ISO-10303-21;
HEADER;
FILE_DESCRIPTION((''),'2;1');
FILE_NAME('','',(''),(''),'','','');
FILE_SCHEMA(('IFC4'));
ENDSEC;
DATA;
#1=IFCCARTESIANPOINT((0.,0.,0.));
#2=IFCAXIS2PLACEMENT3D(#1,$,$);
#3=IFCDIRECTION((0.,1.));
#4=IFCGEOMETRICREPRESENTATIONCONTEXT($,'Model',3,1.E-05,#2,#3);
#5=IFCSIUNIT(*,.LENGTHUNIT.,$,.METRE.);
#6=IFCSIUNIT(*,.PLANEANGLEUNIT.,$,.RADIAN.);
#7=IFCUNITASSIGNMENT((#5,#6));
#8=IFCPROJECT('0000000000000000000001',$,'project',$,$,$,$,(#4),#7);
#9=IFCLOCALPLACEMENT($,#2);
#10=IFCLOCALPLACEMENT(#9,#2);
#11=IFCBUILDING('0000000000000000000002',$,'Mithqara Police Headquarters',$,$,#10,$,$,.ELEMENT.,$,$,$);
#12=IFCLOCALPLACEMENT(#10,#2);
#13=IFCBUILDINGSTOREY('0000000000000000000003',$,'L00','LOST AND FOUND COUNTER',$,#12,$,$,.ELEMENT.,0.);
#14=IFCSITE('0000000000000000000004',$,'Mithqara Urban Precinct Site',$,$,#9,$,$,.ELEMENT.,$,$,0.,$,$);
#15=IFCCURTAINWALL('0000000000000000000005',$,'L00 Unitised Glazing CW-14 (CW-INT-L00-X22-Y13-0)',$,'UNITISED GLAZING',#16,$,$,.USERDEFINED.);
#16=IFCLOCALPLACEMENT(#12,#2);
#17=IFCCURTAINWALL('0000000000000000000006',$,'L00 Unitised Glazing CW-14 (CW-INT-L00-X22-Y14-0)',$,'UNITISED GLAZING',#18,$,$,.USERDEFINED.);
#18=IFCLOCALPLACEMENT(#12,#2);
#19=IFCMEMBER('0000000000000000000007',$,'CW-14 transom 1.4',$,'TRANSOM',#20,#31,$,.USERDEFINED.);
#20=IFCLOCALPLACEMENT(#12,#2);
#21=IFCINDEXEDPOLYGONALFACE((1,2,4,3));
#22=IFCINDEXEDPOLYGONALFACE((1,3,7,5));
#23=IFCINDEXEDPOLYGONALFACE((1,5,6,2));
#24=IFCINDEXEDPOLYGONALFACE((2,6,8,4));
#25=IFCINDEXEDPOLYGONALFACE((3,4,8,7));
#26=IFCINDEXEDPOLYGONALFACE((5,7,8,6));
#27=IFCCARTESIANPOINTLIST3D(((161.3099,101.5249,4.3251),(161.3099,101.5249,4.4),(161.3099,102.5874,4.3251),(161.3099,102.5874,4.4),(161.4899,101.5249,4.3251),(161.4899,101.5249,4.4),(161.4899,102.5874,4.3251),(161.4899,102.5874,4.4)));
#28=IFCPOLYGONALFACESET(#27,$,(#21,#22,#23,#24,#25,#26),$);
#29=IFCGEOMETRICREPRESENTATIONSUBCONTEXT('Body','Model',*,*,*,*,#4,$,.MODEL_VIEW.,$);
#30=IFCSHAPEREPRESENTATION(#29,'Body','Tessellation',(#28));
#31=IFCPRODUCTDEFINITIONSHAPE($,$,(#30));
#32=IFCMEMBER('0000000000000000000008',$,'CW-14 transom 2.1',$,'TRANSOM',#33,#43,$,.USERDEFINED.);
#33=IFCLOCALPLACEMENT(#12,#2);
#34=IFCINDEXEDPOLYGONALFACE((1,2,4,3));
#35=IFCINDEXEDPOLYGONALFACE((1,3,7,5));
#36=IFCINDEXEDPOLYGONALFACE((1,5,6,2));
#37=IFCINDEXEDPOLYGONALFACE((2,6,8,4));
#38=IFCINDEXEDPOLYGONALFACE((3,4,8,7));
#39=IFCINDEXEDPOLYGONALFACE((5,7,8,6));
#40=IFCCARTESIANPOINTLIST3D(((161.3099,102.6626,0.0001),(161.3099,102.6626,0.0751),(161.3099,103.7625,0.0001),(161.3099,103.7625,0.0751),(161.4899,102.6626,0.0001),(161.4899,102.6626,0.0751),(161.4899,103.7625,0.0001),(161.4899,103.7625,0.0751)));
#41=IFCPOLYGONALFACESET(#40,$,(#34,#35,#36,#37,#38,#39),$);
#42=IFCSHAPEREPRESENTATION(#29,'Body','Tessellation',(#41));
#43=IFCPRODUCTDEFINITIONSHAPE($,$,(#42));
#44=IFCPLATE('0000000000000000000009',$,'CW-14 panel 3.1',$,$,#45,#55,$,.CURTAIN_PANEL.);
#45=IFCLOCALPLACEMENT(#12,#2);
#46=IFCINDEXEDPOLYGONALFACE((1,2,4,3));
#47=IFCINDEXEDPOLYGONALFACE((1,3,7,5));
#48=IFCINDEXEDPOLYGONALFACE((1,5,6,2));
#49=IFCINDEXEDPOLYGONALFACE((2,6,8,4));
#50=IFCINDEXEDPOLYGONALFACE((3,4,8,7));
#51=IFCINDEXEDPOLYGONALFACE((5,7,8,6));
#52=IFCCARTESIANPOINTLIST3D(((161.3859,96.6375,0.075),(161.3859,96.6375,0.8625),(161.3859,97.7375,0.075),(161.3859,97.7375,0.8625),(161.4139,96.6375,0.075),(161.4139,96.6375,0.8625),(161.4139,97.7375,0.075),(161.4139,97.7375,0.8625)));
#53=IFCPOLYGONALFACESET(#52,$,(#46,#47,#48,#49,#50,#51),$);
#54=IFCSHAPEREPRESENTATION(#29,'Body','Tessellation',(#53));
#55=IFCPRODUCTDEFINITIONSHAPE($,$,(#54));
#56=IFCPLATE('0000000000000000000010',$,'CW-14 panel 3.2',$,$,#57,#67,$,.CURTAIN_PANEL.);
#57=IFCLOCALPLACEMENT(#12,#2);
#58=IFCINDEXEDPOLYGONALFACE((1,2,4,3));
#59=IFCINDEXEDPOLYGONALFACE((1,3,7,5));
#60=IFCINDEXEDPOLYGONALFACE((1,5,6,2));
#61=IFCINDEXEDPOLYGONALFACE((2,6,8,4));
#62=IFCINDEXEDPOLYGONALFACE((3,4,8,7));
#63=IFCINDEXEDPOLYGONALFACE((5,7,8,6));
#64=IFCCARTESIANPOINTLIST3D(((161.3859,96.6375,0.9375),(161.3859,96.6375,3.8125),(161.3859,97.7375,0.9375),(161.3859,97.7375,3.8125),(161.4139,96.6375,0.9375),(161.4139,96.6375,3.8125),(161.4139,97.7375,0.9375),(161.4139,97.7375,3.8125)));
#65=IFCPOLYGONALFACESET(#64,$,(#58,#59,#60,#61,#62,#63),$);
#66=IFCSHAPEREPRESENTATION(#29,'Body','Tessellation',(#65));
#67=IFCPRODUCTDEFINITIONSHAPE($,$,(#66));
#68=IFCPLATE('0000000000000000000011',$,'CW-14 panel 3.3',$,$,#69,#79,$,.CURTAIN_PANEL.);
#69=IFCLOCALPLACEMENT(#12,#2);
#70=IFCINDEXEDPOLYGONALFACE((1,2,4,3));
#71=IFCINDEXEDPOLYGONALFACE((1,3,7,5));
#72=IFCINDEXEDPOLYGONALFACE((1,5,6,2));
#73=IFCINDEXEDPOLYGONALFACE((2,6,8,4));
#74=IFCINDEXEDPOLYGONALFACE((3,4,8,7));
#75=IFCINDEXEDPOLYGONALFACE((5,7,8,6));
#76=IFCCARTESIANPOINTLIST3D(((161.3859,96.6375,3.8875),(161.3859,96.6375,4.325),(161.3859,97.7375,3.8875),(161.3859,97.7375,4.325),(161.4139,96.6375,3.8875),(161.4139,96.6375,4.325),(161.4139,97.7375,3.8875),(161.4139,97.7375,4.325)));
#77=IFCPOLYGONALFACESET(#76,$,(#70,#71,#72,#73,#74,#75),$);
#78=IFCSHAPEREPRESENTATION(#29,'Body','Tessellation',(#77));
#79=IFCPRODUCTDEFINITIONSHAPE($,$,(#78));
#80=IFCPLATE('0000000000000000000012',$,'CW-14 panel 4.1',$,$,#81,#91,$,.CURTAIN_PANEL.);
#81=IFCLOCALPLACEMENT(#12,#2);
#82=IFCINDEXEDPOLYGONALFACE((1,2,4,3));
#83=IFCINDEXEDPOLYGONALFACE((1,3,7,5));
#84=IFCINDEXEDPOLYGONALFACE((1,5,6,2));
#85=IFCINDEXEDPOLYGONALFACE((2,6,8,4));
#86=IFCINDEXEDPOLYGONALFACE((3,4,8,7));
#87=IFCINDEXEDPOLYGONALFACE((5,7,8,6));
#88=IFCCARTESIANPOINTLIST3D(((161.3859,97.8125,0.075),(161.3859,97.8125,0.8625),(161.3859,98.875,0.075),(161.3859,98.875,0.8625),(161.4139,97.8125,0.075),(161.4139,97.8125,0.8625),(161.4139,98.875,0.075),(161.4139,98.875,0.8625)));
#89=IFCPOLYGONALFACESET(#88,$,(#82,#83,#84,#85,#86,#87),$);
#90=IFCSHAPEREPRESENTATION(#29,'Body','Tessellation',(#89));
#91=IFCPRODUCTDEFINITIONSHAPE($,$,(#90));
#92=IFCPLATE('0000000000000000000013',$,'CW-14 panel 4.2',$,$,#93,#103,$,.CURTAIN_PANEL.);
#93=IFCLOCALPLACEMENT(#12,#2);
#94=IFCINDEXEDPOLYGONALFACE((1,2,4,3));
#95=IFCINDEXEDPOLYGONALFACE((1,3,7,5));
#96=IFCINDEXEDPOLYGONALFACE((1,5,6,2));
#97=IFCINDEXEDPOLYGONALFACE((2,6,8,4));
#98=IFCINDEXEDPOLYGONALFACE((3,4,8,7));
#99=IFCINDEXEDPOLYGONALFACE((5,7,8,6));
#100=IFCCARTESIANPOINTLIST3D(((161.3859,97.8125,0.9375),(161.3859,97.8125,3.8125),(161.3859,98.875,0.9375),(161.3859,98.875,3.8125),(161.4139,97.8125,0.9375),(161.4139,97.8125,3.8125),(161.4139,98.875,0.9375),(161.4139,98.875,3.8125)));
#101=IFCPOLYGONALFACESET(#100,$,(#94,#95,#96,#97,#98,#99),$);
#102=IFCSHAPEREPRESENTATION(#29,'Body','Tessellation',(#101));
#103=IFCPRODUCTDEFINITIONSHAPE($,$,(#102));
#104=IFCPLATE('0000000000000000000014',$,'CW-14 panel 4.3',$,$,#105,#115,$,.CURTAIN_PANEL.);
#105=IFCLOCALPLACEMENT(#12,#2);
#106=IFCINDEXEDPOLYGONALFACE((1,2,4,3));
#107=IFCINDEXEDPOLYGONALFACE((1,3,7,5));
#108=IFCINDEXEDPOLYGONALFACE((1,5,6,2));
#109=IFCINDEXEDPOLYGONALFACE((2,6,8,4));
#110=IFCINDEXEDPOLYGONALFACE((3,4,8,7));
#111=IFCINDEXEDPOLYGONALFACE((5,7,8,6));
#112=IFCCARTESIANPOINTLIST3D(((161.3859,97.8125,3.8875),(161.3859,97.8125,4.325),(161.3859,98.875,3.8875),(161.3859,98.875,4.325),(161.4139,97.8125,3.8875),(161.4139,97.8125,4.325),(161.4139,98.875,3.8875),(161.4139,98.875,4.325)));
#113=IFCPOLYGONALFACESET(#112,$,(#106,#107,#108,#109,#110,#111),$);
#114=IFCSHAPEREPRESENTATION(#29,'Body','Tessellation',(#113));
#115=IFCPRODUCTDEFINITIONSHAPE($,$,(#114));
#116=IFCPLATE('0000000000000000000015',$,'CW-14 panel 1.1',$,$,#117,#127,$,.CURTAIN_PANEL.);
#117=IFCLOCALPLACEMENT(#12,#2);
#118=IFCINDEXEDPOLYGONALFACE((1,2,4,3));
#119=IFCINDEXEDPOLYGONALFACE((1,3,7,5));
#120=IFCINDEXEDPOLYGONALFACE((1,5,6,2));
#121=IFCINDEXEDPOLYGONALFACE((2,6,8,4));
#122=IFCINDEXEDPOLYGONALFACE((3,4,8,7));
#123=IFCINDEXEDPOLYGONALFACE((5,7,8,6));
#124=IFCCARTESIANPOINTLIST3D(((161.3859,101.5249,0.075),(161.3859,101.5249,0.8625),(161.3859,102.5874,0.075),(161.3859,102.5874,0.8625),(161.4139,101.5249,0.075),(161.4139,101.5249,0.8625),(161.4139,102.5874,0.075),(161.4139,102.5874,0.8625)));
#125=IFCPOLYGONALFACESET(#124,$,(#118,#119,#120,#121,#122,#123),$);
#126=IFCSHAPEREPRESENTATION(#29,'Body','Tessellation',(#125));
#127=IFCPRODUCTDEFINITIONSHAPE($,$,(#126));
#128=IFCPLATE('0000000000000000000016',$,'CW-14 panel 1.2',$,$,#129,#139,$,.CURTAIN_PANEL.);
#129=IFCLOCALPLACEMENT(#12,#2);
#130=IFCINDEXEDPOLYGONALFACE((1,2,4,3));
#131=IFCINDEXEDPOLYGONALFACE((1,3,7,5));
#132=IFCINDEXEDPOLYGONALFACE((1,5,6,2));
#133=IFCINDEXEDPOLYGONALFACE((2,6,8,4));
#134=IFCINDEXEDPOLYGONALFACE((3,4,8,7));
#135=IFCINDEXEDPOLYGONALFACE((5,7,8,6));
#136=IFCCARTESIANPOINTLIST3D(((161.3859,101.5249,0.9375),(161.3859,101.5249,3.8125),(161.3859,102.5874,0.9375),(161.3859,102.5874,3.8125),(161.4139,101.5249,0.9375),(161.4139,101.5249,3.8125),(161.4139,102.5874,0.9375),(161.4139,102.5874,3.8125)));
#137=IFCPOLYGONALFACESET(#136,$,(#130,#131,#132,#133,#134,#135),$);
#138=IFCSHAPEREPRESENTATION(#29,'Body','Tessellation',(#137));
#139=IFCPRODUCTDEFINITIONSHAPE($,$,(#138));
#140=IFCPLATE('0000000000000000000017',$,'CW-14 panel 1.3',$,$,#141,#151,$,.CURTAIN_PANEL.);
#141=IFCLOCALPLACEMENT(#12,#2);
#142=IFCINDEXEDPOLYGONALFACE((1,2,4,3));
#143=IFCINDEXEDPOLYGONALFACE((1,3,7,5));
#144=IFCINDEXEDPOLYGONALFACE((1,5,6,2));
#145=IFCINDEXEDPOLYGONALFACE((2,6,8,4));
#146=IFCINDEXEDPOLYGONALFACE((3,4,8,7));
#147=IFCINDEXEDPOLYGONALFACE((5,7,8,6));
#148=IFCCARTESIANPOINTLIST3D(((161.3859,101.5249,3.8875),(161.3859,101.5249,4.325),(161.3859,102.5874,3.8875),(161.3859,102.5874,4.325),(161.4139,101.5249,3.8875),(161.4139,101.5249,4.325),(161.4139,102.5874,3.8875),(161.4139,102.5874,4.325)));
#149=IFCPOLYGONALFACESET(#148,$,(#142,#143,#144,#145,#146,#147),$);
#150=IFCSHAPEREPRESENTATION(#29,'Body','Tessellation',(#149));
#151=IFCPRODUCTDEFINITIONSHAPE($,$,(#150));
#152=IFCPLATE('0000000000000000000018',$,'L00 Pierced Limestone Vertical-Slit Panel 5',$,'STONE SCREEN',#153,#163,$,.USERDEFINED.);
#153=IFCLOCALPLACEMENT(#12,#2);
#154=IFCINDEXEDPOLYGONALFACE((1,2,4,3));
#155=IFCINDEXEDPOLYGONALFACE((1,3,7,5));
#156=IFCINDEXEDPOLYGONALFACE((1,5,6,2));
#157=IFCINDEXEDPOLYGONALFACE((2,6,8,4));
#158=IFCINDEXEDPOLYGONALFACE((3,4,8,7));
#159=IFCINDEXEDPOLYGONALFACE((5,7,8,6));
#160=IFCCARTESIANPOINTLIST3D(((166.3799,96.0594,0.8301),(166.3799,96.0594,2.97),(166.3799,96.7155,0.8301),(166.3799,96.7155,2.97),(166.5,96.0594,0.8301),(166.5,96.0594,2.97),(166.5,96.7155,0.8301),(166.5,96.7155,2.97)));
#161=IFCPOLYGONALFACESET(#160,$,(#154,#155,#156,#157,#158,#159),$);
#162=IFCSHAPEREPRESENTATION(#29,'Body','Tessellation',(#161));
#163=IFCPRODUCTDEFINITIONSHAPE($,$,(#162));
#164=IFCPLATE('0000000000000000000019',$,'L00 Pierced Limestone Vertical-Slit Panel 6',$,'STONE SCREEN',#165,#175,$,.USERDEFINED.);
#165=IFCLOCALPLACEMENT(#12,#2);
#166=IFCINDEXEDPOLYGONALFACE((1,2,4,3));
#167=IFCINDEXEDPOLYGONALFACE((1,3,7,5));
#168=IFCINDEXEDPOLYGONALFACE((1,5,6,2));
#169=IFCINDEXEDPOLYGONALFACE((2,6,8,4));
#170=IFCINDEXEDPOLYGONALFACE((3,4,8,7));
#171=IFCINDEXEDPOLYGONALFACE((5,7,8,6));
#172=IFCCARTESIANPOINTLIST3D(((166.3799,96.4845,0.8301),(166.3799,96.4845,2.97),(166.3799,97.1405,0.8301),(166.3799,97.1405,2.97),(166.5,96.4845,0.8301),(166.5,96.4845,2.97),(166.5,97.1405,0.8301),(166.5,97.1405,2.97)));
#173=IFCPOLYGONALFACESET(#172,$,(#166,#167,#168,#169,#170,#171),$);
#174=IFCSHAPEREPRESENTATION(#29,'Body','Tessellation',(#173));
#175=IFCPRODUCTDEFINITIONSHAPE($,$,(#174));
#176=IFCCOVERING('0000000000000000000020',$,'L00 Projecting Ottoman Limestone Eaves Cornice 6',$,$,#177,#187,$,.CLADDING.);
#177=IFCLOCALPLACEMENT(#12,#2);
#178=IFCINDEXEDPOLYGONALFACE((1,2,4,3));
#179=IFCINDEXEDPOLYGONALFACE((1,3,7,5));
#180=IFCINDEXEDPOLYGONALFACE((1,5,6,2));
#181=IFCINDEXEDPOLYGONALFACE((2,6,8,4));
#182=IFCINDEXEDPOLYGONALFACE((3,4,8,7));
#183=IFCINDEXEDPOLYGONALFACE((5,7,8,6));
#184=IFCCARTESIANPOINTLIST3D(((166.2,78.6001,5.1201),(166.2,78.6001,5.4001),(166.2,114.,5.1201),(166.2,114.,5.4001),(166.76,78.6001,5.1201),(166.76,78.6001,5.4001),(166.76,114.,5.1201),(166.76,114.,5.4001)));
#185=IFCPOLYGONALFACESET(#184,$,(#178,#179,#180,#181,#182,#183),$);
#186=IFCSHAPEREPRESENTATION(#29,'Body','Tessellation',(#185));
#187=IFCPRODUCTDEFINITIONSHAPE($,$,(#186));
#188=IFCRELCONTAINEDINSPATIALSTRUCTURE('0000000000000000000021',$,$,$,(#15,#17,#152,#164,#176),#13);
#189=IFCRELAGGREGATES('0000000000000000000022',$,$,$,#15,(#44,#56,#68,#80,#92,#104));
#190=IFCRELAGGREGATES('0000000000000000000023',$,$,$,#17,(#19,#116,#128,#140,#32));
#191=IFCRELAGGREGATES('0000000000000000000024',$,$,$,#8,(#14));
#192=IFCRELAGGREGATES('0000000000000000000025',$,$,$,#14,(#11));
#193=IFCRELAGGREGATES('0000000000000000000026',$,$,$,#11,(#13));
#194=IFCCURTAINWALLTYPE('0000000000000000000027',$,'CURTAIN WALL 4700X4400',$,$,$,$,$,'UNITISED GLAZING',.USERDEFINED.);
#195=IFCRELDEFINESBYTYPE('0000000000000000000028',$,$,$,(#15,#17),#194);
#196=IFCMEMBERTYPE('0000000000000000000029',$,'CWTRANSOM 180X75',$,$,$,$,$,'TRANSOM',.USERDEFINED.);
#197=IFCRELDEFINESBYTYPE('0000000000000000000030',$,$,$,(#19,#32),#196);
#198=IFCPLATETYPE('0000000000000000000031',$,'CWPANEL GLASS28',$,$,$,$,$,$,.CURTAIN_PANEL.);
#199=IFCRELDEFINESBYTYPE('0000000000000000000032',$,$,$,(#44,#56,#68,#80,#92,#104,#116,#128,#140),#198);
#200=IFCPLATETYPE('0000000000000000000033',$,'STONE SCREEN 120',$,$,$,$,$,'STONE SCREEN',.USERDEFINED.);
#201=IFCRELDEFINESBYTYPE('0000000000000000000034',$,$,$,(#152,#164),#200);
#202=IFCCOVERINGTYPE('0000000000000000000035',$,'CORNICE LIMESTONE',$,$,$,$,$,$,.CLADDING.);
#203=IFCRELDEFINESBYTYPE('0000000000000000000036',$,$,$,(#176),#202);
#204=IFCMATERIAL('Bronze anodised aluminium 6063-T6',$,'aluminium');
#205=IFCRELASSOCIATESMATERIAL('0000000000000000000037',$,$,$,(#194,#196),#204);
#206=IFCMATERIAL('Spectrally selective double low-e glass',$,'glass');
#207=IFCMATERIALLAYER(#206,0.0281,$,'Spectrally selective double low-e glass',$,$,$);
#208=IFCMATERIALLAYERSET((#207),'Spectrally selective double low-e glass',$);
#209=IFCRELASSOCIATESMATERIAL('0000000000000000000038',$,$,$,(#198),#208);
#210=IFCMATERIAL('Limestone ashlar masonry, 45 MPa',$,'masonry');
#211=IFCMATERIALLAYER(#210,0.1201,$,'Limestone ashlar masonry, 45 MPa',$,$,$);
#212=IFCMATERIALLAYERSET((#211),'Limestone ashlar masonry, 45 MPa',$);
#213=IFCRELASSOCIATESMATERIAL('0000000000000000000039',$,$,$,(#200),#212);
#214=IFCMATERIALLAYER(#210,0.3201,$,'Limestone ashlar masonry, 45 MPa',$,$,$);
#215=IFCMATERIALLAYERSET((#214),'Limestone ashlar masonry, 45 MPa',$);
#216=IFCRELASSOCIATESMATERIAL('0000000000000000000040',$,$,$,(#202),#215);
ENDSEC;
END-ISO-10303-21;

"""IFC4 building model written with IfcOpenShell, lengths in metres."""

from ifc_helpers import new_model, si_unit, direction, frame, origin, origin_2d, place, context, subcontext, project, spatial, rectangle, extrude, material, layer, layer_set, material_profile, profile_set, type_object, element, aggregate, save


model = new_model("IFC4")

# Units and contexts
model_context = context("Model", 3, precision=1e-05, world=origin(), true_north=direction((0.0, 1.0)))
body_context = subcontext(model_context, "Body", "Model", "MODEL_VIEW")
ifc_project = project(units=[si_unit("LENGTHUNIT", "METRE"), si_unit("PLANEANGLEUNIT", "RADIAN")], contexts=[model_context])

# Site, building, storey
site_placement = place(None, origin())
site = spatial("IfcSite", under=ifc_project, at=site_placement, Name="Mithqara Urban Precinct Site", CompositionType="ELEMENT", RefElevation=0.0)
building_placement = place(site_placement, origin())
building = spatial("IfcBuilding", under=site, at=building_placement, Name="Mithqara Police Headquarters", CompositionType="ELEMENT")
storey_placement = place(building_placement, origin())
storey = spatial("IfcBuildingStorey", under=building, at=storey_placement, Name="L00", Description="LOST AND FOUND COUNTER", CompositionType="ELEMENT", Elevation=0.0)

# Curtain walls
ifc_material_1 = material(Name="Bronze anodised aluminium 6063-T6", Category="aluminium")
curtain_wall_type = type_object("IfcCurtainWallType", Name="CURTAIN WALL 4700X4400", ElementType="UNITISED GLAZING", PredefinedType="USERDEFINED", material=ifc_material_1)
curtain_wall_1_placement = place(storey_placement, origin())
curtain_wall_1 = element("IfcCurtainWall", 1, at=curtain_wall_1_placement, inside=storey, type_object=curtain_wall_type, Name="L00 Unitised Glazing CW-14 (CW-INT-L00-X22-Y13-0)", ObjectType="UNITISED GLAZING", PredefinedType="USERDEFINED")
curtain_wall_2_placement = place(storey_placement, origin())
curtain_wall_2 = element("IfcCurtainWall", 2, at=curtain_wall_2_placement, inside=storey, type_object=curtain_wall_type, Name="L00 Unitised Glazing CW-14 (CW-INT-L00-X22-Y14-0)", ObjectType="UNITISED GLAZING", PredefinedType="USERDEFINED")

# Members
ifc_material_profile_1 = material_profile(ifc_material_1, rectangle(XDim=0.1799, YDim=0.075, at=origin_2d()), Name="CWT 180x75")
ifc_profile_set_1 = profile_set([ifc_material_profile_1], Name="Bronze anodised aluminium 6063-T6")
member_type_1 = type_object("IfcMemberType", Name="CWTRANSOM 180X75", ElementType="TRANSOM", PredefinedType="USERDEFINED", material=ifc_profile_set_1)
member_1_placement = place(storey_placement, frame((161.3999, 101.5249, 4.3625), z_axis=(0.0, 1.0, 0.0), x_axis=(-1.0, 0.0, 0.0)))
member_1 = element("IfcMember", 3, at=member_1_placement, type_object=member_type_1, Name="CW-14 transom 1.4", ObjectType="TRANSOM", PredefinedType="USERDEFINED", context=body_context, shape_type="SweptSolid", body=[
    extrude(rectangle(XDim=0.1799, YDim=0.075, at=origin_2d()), origin(), (0.0, 0.0, 1.0), 1.0625),
])
member_2_placement = place(storey_placement, frame((161.3999, 102.6626, 0.0376), z_axis=(0.0, 1.0, 0.0), x_axis=(-1.0, 0.0, 0.0)))
member_2 = element("IfcMember", 4, at=member_2_placement, type_object=member_type_1, Name="CW-14 transom 2.1", ObjectType="TRANSOM", PredefinedType="USERDEFINED", context=body_context, shape_type="SweptSolid", body=[
    extrude(rectangle(XDim=0.1799, YDim=0.075, at=origin_2d()), origin(), (0.0, 0.0, 1.0), 1.0999),
])

# Plates
ifc_material_2 = material(Name="Spectrally selective double low-e glass", Category="glass")
ifc_layer_1 = layer(ifc_material_2, 0.0281, Name="Spectrally selective double low-e glass")
ifc_layer_set_1 = layer_set([ifc_layer_1], Name="Spectrally selective double low-e glass")
plate_type_1 = type_object("IfcPlateType", Name="CWPANEL GLASS28", PredefinedType="CURTAIN_PANEL", material=ifc_layer_set_1)
plate_1_placement = place(storey_placement, frame((161.3999, 97.1875, 0.075), z_axis=(0.0, 0.0, 1.0), x_axis=(0.0, 1.0, 0.0)))
plate_1 = element("IfcPlate", 5, at=plate_1_placement, type_object=plate_type_1, Name="CW-14 panel 3.1", PredefinedType="CURTAIN_PANEL", context=body_context, shape_type="SweptSolid", body=[
    extrude(rectangle(XDim=1.1001, YDim=0.0281, at=origin_2d()), origin(), (0.0, 0.0, 1.0), 0.7876),
])
plate_2_placement = place(storey_placement, frame((161.3999, 97.1875, 0.9375), z_axis=(0.0, 0.0, 1.0), x_axis=(0.0, 1.0, 0.0)))
plate_2 = element("IfcPlate", 6, at=plate_2_placement, type_object=plate_type_1, Name="CW-14 panel 3.2", PredefinedType="CURTAIN_PANEL", context=body_context, shape_type="SweptSolid", body=[
    extrude(rectangle(XDim=1.1001, YDim=0.0281, at=origin_2d()), origin(), (0.0, 0.0, 1.0), 2.875),
])
plate_3_placement = place(storey_placement, frame((161.3999, 97.1875, 3.8875), z_axis=(0.0, 0.0, 1.0), x_axis=(0.0, 1.0, 0.0)))
plate_3 = element("IfcPlate", 7, at=plate_3_placement, type_object=plate_type_1, Name="CW-14 panel 3.3", PredefinedType="CURTAIN_PANEL", context=body_context, shape_type="SweptSolid", body=[
    extrude(rectangle(XDim=1.1001, YDim=0.0281, at=origin_2d()), origin(), (0.0, 0.0, 1.0), 0.4375),
])
plate_4_placement = place(storey_placement, frame((161.3999, 98.3438, 0.075), z_axis=(0.0, 0.0, 1.0), x_axis=(0.0, 1.0, 0.0)))
plate_4 = element("IfcPlate", 8, at=plate_4_placement, type_object=plate_type_1, Name="CW-14 panel 4.1", PredefinedType="CURTAIN_PANEL", context=body_context, shape_type="SweptSolid", body=[
    extrude(rectangle(XDim=1.0625, YDim=0.0281, at=origin_2d()), origin(), (0.0, 0.0, 1.0), 0.7876),
])
plate_5_placement = place(storey_placement, frame((161.3999, 98.3438, 0.9375), z_axis=(0.0, 0.0, 1.0), x_axis=(0.0, 1.0, 0.0)))
plate_5 = element("IfcPlate", 9, at=plate_5_placement, type_object=plate_type_1, Name="CW-14 panel 4.2", PredefinedType="CURTAIN_PANEL", context=body_context, shape_type="SweptSolid", body=[
    extrude(rectangle(XDim=1.0625, YDim=0.0281, at=origin_2d()), origin(), (0.0, 0.0, 1.0), 2.875),
])
plate_6_placement = place(storey_placement, frame((161.3999, 98.3438, 3.8875), z_axis=(0.0, 0.0, 1.0), x_axis=(0.0, 1.0, 0.0)))
plate_6 = element("IfcPlate", 10, at=plate_6_placement, type_object=plate_type_1, Name="CW-14 panel 4.3", PredefinedType="CURTAIN_PANEL", context=body_context, shape_type="SweptSolid", body=[
    extrude(rectangle(XDim=1.0625, YDim=0.0281, at=origin_2d()), origin(), (0.0, 0.0, 1.0), 0.4375),
])
aggregate(curtain_wall_1, [plate_1, plate_2, plate_3, plate_4, plate_5, plate_6])
plate_7_placement = place(storey_placement, frame((161.3999, 102.0562, 0.075), z_axis=(0.0, 0.0, 1.0), x_axis=(0.0, 1.0, 0.0)))
plate_7 = element("IfcPlate", 11, at=plate_7_placement, type_object=plate_type_1, Name="CW-14 panel 1.1", PredefinedType="CURTAIN_PANEL", context=body_context, shape_type="SweptSolid", body=[
    extrude(rectangle(XDim=1.0625, YDim=0.0281, at=origin_2d()), origin(), (0.0, 0.0, 1.0), 0.7876),
])
plate_8_placement = place(storey_placement, frame((161.3999, 102.0562, 0.9375), z_axis=(0.0, 0.0, 1.0), x_axis=(0.0, 1.0, 0.0)))
plate_8 = element("IfcPlate", 12, at=plate_8_placement, type_object=plate_type_1, Name="CW-14 panel 1.2", PredefinedType="CURTAIN_PANEL", context=body_context, shape_type="SweptSolid", body=[
    extrude(rectangle(XDim=1.0625, YDim=0.0281, at=origin_2d()), origin(), (0.0, 0.0, 1.0), 2.875),
])
plate_9_placement = place(storey_placement, frame((161.3999, 102.0562, 3.8875), z_axis=(0.0, 0.0, 1.0), x_axis=(0.0, 1.0, 0.0)))
plate_9 = element("IfcPlate", 13, at=plate_9_placement, type_object=plate_type_1, Name="CW-14 panel 1.3", PredefinedType="CURTAIN_PANEL", context=body_context, shape_type="SweptSolid", body=[
    extrude(rectangle(XDim=1.0625, YDim=0.0281, at=origin_2d()), origin(), (0.0, 0.0, 1.0), 0.4375),
])
aggregate(curtain_wall_2, [member_1, plate_7, plate_8, plate_9, member_2])

# Plates
ifc_material_3 = material(Name="Limestone ashlar masonry, 45 MPa", Category="masonry")
ifc_layer_2 = layer(ifc_material_3, 0.1201, Name="Limestone ashlar masonry, 45 MPa")
ifc_layer_set_2 = layer_set([ifc_layer_2], Name="Limestone ashlar masonry, 45 MPa")
plate_type_2 = type_object("IfcPlateType", Name="STONE SCREEN 120", ElementType="STONE SCREEN", PredefinedType="USERDEFINED", material=ifc_layer_set_2)
for number, where, z_axis, x_axis, name in (
    (14, (166.4399, 96.3875, 0.8301), (0.0, 0.0, 1.0), (0.0, 1.0, 0.0), "L00 Pierced Limestone Vertical-Slit Panel 5"),
    (15, (166.4399, 96.8125, 0.8301), (0.0, 0.0, 1.0), (0.0, 1.0, 0.0), "L00 Pierced Limestone Vertical-Slit Panel 6"),
):
    element("IfcPlate", number, at=place(storey_placement, frame(where, z_axis=z_axis, x_axis=x_axis)), inside=storey, type_object=plate_type_2, Name=name, ObjectType="STONE SCREEN", PredefinedType="USERDEFINED", context=body_context, shape_type="SweptSolid", body=[
        extrude(rectangle(XDim=0.656, YDim=0.1201, at=origin_2d()), origin(), (0.0, 0.0, 1.0), 2.1399),
    ])

# Covering
ifc_layer_3 = layer(ifc_material_3, 0.3201, Name="Limestone ashlar masonry, 45 MPa")
ifc_layer_set_3 = layer_set([ifc_layer_3], Name="Limestone ashlar masonry, 45 MPa")
covering_type = type_object("IfcCoveringType", Name="CORNICE LIMESTONE", PredefinedType="CLADDING", material=ifc_layer_set_3)
covering_placement = place(storey_placement, frame((166.48, 96.3, 5.1201), z_axis=(0.0, 0.0, 1.0), x_axis=(0.0, 1.0, 0.0)))
element("IfcCovering", 16, at=covering_placement, inside=storey, type_object=covering_type, Name="L00 Projecting Ottoman Limestone Eaves Cornice 6", PredefinedType="CLADDING", context=body_context, shape_type="SweptSolid", body=[
    extrude(rectangle(XDim=35.3999, YDim=0.5601, at=origin_2d()), origin(), (0.0, 0.0, 1.0), 0.28),
])

save(model, "model.ifc")
